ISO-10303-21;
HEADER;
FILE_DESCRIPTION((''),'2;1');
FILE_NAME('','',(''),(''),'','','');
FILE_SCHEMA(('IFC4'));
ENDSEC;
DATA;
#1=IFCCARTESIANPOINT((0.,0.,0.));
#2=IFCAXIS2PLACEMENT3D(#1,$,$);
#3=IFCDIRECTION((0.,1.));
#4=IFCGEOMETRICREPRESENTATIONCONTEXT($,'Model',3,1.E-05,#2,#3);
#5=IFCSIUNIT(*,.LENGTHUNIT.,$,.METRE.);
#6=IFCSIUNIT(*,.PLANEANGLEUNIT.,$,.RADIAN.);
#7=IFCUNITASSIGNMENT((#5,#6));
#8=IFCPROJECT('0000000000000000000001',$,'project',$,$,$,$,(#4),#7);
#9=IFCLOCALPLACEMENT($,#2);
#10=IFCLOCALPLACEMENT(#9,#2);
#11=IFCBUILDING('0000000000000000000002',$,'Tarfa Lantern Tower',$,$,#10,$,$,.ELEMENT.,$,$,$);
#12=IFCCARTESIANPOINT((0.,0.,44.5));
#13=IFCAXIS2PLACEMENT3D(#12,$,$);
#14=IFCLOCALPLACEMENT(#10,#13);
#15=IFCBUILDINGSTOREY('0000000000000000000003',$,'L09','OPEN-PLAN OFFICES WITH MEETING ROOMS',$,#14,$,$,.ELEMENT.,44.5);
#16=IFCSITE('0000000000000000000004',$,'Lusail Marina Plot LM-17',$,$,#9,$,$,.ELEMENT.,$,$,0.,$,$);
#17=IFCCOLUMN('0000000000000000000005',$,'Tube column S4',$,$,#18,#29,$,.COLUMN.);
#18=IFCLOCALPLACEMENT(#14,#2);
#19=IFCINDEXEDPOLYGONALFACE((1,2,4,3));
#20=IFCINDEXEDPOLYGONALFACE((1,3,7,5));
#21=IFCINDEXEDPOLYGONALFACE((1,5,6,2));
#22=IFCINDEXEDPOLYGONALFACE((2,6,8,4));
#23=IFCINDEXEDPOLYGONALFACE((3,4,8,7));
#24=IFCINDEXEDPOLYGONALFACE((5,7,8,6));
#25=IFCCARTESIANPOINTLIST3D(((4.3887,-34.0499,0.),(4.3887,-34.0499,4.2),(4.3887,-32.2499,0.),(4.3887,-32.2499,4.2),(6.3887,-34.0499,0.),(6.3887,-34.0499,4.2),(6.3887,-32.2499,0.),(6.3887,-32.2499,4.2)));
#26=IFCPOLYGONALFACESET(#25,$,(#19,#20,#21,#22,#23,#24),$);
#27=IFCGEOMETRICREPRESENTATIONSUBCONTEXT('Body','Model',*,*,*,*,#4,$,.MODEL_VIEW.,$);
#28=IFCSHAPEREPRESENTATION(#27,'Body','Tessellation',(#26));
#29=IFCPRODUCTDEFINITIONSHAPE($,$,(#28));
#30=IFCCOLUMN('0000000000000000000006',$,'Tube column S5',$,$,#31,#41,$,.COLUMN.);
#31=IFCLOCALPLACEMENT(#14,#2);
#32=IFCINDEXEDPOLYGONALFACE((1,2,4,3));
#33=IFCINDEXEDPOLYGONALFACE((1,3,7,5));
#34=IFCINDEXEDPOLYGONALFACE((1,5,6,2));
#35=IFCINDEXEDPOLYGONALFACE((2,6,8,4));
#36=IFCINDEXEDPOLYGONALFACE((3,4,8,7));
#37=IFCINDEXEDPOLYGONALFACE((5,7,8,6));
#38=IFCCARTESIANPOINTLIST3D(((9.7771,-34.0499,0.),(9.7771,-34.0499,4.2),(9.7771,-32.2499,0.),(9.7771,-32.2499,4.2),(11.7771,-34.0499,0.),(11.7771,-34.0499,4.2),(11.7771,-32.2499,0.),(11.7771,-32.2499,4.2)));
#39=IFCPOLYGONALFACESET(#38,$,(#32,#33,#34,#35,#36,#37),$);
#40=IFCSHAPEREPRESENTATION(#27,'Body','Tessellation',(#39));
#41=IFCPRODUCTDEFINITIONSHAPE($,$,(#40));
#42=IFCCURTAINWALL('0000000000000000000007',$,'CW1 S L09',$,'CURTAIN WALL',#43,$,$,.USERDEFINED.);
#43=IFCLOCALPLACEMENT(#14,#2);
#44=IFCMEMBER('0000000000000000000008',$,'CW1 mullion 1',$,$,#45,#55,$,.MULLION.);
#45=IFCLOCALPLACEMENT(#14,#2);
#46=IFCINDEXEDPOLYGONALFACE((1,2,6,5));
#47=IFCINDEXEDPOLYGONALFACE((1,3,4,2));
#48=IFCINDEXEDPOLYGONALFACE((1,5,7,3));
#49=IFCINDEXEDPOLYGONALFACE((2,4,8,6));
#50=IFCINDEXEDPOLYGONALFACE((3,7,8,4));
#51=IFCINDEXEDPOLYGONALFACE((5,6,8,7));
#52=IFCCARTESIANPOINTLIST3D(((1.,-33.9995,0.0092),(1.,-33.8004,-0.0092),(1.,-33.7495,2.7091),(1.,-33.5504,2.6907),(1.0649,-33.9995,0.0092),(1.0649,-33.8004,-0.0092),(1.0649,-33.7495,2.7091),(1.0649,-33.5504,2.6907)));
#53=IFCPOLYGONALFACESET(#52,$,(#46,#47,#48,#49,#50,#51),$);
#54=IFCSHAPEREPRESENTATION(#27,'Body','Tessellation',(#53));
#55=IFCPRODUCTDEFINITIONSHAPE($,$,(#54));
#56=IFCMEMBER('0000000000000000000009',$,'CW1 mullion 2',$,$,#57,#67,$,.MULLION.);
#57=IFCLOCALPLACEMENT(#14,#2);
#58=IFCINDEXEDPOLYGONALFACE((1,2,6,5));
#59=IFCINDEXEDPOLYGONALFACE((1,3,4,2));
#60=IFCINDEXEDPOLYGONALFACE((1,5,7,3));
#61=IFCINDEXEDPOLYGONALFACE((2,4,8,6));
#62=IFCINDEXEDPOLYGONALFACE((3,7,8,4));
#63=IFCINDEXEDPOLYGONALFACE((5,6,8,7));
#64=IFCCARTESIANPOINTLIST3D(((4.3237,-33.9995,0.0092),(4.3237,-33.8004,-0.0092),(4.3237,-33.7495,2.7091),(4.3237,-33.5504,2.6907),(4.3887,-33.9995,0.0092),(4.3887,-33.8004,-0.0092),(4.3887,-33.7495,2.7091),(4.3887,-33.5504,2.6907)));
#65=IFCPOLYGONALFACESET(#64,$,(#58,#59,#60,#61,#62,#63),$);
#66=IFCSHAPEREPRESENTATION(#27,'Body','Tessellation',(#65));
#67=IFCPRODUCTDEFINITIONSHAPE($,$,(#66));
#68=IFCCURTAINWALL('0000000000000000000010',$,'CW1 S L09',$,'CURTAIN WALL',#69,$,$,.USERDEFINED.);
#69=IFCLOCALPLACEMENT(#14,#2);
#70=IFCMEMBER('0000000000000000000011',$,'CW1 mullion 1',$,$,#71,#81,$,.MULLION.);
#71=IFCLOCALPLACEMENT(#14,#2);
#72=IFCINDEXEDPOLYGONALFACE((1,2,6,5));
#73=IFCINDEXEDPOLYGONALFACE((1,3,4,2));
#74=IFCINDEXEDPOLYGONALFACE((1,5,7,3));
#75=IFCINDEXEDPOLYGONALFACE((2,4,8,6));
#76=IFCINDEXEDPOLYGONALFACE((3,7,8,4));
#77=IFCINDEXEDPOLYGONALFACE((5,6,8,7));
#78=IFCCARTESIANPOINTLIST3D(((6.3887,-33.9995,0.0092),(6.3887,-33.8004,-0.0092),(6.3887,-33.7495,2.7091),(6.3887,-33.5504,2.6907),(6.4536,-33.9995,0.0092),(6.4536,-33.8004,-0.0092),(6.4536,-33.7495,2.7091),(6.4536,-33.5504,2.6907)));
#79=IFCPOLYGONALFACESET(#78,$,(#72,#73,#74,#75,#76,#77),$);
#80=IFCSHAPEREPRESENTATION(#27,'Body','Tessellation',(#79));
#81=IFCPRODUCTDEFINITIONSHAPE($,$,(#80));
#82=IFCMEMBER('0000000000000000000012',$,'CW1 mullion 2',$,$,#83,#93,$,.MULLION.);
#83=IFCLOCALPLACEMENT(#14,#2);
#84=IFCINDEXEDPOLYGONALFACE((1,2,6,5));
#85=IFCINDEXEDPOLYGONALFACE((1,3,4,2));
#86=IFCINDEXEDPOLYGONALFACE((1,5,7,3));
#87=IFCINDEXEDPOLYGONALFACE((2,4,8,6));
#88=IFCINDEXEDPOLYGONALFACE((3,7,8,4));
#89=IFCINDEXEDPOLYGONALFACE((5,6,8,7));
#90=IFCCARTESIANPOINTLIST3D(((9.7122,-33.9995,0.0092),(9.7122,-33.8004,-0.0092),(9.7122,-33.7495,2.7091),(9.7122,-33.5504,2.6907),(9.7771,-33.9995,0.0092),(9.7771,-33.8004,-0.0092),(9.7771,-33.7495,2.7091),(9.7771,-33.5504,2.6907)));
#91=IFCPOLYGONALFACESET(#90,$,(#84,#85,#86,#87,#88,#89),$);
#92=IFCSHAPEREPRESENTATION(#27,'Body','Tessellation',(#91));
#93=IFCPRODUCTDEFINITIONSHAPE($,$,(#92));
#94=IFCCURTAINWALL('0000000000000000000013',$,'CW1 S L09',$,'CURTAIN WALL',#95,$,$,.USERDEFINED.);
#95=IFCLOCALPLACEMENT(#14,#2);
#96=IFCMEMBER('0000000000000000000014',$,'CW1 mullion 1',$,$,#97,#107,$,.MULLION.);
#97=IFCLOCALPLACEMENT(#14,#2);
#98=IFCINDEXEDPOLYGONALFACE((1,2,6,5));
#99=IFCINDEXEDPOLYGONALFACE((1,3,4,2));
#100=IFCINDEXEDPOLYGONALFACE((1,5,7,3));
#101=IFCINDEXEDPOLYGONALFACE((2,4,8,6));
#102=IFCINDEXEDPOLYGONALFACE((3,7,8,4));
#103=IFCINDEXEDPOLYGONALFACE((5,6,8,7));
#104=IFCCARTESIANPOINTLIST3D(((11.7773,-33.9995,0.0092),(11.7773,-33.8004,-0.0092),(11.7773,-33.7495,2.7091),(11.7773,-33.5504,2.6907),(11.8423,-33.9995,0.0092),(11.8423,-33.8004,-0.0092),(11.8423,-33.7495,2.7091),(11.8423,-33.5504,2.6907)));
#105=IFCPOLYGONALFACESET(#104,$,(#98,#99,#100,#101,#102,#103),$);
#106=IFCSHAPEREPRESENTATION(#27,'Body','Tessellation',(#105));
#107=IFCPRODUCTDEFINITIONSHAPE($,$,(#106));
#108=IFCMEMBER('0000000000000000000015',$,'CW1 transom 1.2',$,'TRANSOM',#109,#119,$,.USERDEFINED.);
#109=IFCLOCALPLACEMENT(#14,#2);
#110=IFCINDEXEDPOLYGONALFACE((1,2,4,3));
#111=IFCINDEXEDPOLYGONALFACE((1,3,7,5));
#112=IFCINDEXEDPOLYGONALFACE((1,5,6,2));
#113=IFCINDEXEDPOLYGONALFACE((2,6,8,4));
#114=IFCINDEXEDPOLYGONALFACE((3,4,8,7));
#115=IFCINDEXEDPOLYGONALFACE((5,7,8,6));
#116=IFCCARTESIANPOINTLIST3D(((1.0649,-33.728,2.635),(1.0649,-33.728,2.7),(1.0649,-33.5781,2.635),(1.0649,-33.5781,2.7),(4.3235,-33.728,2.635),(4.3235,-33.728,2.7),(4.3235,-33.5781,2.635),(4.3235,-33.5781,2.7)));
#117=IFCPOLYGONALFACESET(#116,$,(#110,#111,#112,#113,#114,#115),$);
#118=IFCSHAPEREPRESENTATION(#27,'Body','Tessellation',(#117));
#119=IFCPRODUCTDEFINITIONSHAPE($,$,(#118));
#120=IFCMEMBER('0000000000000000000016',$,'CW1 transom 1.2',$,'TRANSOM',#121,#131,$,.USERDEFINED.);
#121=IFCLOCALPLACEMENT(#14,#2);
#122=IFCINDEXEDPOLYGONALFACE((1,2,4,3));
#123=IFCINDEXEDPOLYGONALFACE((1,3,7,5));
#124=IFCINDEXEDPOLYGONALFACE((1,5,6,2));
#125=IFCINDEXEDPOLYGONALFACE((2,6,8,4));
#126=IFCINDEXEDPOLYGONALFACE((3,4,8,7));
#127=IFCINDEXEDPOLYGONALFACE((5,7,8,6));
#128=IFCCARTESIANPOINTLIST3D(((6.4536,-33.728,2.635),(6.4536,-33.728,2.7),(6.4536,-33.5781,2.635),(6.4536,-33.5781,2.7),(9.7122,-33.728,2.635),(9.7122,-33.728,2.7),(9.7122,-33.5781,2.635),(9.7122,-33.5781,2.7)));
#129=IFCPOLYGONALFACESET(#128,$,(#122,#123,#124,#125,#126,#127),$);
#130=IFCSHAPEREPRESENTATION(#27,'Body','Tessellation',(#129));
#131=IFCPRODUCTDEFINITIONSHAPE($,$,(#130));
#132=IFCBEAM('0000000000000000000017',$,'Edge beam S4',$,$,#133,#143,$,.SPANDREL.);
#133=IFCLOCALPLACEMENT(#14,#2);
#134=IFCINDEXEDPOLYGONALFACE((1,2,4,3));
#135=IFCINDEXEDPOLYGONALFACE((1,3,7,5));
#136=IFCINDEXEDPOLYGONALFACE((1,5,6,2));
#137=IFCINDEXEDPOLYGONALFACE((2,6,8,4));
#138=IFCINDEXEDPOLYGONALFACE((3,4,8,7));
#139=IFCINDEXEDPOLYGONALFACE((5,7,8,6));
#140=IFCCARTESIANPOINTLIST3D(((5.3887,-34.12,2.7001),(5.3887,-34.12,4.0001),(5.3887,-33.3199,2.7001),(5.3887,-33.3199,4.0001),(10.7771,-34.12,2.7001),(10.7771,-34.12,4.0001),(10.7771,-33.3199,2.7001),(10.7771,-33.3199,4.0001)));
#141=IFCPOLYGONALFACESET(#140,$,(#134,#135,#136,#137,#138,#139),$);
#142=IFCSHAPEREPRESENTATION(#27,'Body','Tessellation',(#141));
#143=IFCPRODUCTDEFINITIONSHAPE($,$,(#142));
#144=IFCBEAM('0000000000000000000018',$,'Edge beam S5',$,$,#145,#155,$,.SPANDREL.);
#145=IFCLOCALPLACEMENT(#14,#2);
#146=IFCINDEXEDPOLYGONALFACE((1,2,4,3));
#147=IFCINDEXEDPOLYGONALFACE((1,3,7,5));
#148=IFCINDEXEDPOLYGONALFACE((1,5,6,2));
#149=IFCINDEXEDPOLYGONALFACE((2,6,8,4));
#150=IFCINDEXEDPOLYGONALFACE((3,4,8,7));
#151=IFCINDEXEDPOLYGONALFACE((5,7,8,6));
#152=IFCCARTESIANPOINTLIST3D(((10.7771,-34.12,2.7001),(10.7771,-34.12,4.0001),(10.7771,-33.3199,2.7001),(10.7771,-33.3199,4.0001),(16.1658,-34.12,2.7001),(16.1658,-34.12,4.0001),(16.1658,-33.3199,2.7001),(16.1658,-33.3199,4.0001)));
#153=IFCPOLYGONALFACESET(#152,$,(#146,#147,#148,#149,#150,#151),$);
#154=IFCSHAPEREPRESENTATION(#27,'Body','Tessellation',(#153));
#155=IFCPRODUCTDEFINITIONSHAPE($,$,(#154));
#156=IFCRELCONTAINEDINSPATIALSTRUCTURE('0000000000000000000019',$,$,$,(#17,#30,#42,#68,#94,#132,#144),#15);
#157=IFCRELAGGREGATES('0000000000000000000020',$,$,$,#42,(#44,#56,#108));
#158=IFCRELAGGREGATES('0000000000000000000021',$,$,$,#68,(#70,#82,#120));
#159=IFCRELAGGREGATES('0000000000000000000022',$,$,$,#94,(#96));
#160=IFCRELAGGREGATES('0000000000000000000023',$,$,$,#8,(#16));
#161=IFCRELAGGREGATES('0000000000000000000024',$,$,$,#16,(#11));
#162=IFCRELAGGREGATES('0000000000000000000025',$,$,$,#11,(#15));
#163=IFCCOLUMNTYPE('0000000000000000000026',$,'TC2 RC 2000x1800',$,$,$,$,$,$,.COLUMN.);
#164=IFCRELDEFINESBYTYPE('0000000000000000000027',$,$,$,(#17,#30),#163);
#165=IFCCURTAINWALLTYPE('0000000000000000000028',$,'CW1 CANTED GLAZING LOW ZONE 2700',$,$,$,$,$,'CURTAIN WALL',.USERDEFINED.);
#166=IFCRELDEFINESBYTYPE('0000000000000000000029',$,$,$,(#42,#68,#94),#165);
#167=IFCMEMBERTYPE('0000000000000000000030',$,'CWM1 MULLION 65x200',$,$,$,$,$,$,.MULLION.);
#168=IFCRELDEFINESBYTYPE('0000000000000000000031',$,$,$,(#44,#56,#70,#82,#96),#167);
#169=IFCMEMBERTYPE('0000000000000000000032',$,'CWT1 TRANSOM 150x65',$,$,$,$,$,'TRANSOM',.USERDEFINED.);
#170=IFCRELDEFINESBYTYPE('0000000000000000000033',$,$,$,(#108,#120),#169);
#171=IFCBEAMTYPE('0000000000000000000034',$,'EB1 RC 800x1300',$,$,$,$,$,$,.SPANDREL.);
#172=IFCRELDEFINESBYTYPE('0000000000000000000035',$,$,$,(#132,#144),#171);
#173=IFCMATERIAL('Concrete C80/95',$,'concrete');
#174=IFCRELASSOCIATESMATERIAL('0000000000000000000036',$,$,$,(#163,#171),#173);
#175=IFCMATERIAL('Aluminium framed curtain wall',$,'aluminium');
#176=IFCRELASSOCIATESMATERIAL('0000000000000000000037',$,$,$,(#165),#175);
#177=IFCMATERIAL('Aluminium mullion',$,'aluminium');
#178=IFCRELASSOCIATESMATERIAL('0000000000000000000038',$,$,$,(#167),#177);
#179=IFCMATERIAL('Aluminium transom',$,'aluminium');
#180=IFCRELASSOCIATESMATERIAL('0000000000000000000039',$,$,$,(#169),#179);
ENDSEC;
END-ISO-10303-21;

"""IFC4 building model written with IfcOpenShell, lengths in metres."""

from ifc_helpers import new_model, si_unit, direction, frame, origin, origin_2d, place, context, subcontext, project, spatial, rectangle, extrude, material, material_profile, profile_set, type_object, element, aggregate, save


model = new_model("IFC4")

# Units and contexts
model_context = context("Model", 3, precision=1e-05, world=origin(), true_north=direction((0.0, 1.0)))
body_context = subcontext(model_context, "Body", "Model", "MODEL_VIEW")
ifc_project = project(units=[si_unit("LENGTHUNIT", "METRE"), si_unit("PLANEANGLEUNIT", "RADIAN")], contexts=[model_context])

# Site, building, storey
site_placement = place(None, origin())
site = spatial("IfcSite", under=ifc_project, at=site_placement, Name="Lusail Marina Plot LM-17", CompositionType="ELEMENT", RefElevation=0.0)
building_placement = place(site_placement, origin())
building = spatial("IfcBuilding", under=site, at=building_placement, Name="Tarfa Lantern Tower", CompositionType="ELEMENT")
storey_placement = place(building_placement, frame((0.0, 0.0, 44.5)))
storey = spatial("IfcBuildingStorey", under=building, at=storey_placement, Name="L09", Description="OPEN-PLAN OFFICES WITH MEETING ROOMS", CompositionType="ELEMENT", Elevation=44.5)

# Columns
ifc_material_1 = material(Name="Concrete C80/95", Category="concrete")
ifc_material_profile_1 = material_profile(ifc_material_1, rectangle(XDim=2.0, YDim=1.8, at=origin_2d()), Name="RC 2000x1800")
ifc_profile_set_1 = profile_set([ifc_material_profile_1], Name="Concrete C80/95")
column_type = type_object("IfcColumnType", Name="TC2 RC 2000x1800", PredefinedType="COLUMN", material=ifc_profile_set_1)
for number, where, z_axis, x_axis, name in (
    (1, (5.3887, -33.1499, 0.0), (0.0, 0.0, 1.0), (1.0, 0.0, 0.0), "Tube column S4"),
    (2, (10.7771, -33.1499, 0.0), (0.0, 0.0, 1.0), (1.0, 0.0, 0.0), "Tube column S5"),
):
    element("IfcColumn", number, at=place(storey_placement, frame(where, z_axis=z_axis, x_axis=x_axis)), inside=storey, type_object=column_type, Name=name, PredefinedType="COLUMN", context=body_context, shape_type="SweptSolid", body=[
        extrude(rectangle(XDim=2.0, YDim=1.8, at=origin_2d()), origin(), (0.0, 0.0, 1.0), 4.2),
    ])

# Curtain walls, members
ifc_material_2 = material(Name="Aluminium framed curtain wall", Category="aluminium")
curtain_wall_type = type_object("IfcCurtainWallType", Name="CW1 CANTED GLAZING LOW ZONE 2700", ElementType="CURTAIN WALL", PredefinedType="USERDEFINED", material=ifc_material_2)
curtain_wall_1_placement = place(storey_placement, origin())
curtain_wall_1 = element("IfcCurtainWall", 3, at=curtain_wall_1_placement, inside=storey, type_object=curtain_wall_type, Name="CW1 S L09", ObjectType="CURTAIN WALL", PredefinedType="USERDEFINED")
ifc_material_3 = material(Name="Aluminium mullion", Category="aluminium")
ifc_material_profile_2 = material_profile(ifc_material_3, rectangle(XDim=0.0649, YDim=0.2, at=origin_2d()), Name="AL MULLION 65x200")
ifc_profile_set_2 = profile_set([ifc_material_profile_2], Name="Aluminium mullion")
member_type_1 = type_object("IfcMemberType", Name="CWM1 MULLION 65x200", PredefinedType="MULLION", material=ifc_profile_set_2)
member_1_placement = place(storey_placement, frame((1.0325, -33.8999, 0.0), z_axis=(0.0, 0.0922, 0.995741), x_axis=(-1.0, 0.0, 0.0)))
member_1 = element("IfcMember", 4, at=member_1_placement, type_object=member_type_1, Name="CW1 mullion 1", PredefinedType="MULLION", context=body_context, shape_type="SweptSolid", body=[
    extrude(rectangle(XDim=0.0649, YDim=0.2, at=origin_2d()), origin(), (0.0, 0.0, 1.0), 2.7114),
])
member_2_placement = place(storey_placement, frame((4.3562, -33.8999, 0.0), z_axis=(0.0, 0.0922, 0.995741), x_axis=(-1.0, 0.0, 0.0)))
member_2 = element("IfcMember", 5, at=member_2_placement, type_object=member_type_1, Name="CW1 mullion 2", PredefinedType="MULLION", context=body_context, shape_type="SweptSolid", body=[
    extrude(rectangle(XDim=0.0649, YDim=0.2, at=origin_2d()), origin(), (0.0, 0.0, 1.0), 2.7114),
])
curtain_wall_2_placement = place(storey_placement, origin())
curtain_wall_2 = element("IfcCurtainWall", 6, at=curtain_wall_2_placement, inside=storey, type_object=curtain_wall_type, Name="CW1 S L09", ObjectType="CURTAIN WALL", PredefinedType="USERDEFINED")
member_3_placement = place(storey_placement, frame((6.4211, -33.8999, 0.0), z_axis=(0.0, 0.0922, 0.995741), x_axis=(-1.0, 0.0, 0.0)))
member_3 = element("IfcMember", 7, at=member_3_placement, type_object=member_type_1, Name="CW1 mullion 1", PredefinedType="MULLION", context=body_context, shape_type="SweptSolid", body=[
    extrude(rectangle(XDim=0.0649, YDim=0.2, at=origin_2d()), origin(), (0.0, 0.0, 1.0), 2.7114),
])
member_4_placement = place(storey_placement, frame((9.7446, -33.8999, 0.0), z_axis=(0.0, 0.0922, 0.995741), x_axis=(-1.0, 0.0, 0.0)))
member_4 = element("IfcMember", 8, at=member_4_placement, type_object=member_type_1, Name="CW1 mullion 2", PredefinedType="MULLION", context=body_context, shape_type="SweptSolid", body=[
    extrude(rectangle(XDim=0.0649, YDim=0.2, at=origin_2d()), origin(), (0.0, 0.0, 1.0), 2.7114),
])

# Curtain wall, member
curtain_wall_3_placement = place(storey_placement, origin())
curtain_wall_3 = element("IfcCurtainWall", 9, at=curtain_wall_3_placement, inside=storey, type_object=curtain_wall_type, Name="CW1 S L09", ObjectType="CURTAIN WALL", PredefinedType="USERDEFINED")
member_5_placement = place(storey_placement, frame((11.8098, -33.8999, 0.0), z_axis=(0.0, 0.0922, 0.995741), x_axis=(-1.0, 0.0, 0.0)))
member_5 = element("IfcMember", 10, at=member_5_placement, type_object=member_type_1, Name="CW1 mullion 1", PredefinedType="MULLION", context=body_context, shape_type="SweptSolid", body=[
    extrude(rectangle(XDim=0.0649, YDim=0.2, at=origin_2d()), origin(), (0.0, 0.0, 1.0), 2.7114),
])

# Members
ifc_material_4 = material(Name="Aluminium transom", Category="aluminium")
ifc_material_profile_3 = material_profile(ifc_material_4, rectangle(XDim=0.1499, YDim=0.0649, at=origin_2d()), Name="AL TRANSOM 150x65")
ifc_profile_set_3 = profile_set([ifc_material_profile_3], Name="Aluminium transom")
member_type_2 = type_object("IfcMemberType", Name="CWT1 TRANSOM 150x65", ElementType="TRANSOM", PredefinedType="USERDEFINED", material=ifc_profile_set_3)
member_6_placement = place(storey_placement, frame((1.0649, -33.6531, 2.6675), z_axis=(1.0, 0.0, 0.0), x_axis=(0.0, 1.0, 0.0)))
member_6 = element("IfcMember", 11, at=member_6_placement, type_object=member_type_2, Name="CW1 transom 1.2", ObjectType="TRANSOM", PredefinedType="USERDEFINED", context=body_context, shape_type="SweptSolid", body=[
    extrude(rectangle(XDim=0.1499, YDim=0.0649, at=origin_2d()), origin(), (0.0, 0.0, 1.0), 3.2585),
])
member_7_placement = place(storey_placement, frame((6.4536, -33.6531, 2.6675), z_axis=(1.0, 0.0, 0.0), x_axis=(0.0, 1.0, 0.0)))
member_7 = element("IfcMember", 12, at=member_7_placement, type_object=member_type_2, Name="CW1 transom 1.2", ObjectType="TRANSOM", PredefinedType="USERDEFINED", context=body_context, shape_type="SweptSolid", body=[
    extrude(rectangle(XDim=0.1499, YDim=0.0649, at=origin_2d()), origin(), (0.0, 0.0, 1.0), 3.2585),
])

# Beams
ifc_material_profile_4 = material_profile(ifc_material_1, rectangle(XDim=0.8, YDim=1.3, at=origin_2d()), Name="RC 800x1300")
ifc_profile_set_4 = profile_set([ifc_material_profile_4], Name="Concrete C80/95")
beam_type_1 = type_object("IfcBeamType", Name="EB1 RC 800x1300", PredefinedType="SPANDREL", material=ifc_profile_set_4)
beam_1_placement = place(storey_placement, frame((5.3887, -33.72, 3.3501), z_axis=(1.0, 0.0, 0.0), x_axis=(0.0, 1.0, 0.0)))
element("IfcBeam", 13, at=beam_1_placement, inside=storey, type_object=beam_type_1, Name="Edge beam S4", PredefinedType="SPANDREL", context=body_context, shape_type="SweptSolid", body=[
    extrude(rectangle(XDim=0.8, YDim=1.3, at=origin_2d()), origin(), (0.0, 0.0, 1.0), 5.3884),
])
beam_2_placement = place(storey_placement, frame((10.7771, -33.72, 3.3501), z_axis=(1.0, 0.0, 0.0), x_axis=(0.0, 1.0, 0.0)))
element("IfcBeam", 14, at=beam_2_placement, inside=storey, type_object=beam_type_1, Name="Edge beam S5", PredefinedType="SPANDREL", context=body_context, shape_type="SweptSolid", body=[
    extrude(rectangle(XDim=0.8, YDim=1.3, at=origin_2d()), origin(), (0.0, 0.0, 1.0), 5.3887),
])

aggregate(curtain_wall_1, [member_1, member_2, member_6])
aggregate(curtain_wall_2, [member_3, member_4, member_7])
aggregate(curtain_wall_3, [member_5])

save(model, "model.ifc")
